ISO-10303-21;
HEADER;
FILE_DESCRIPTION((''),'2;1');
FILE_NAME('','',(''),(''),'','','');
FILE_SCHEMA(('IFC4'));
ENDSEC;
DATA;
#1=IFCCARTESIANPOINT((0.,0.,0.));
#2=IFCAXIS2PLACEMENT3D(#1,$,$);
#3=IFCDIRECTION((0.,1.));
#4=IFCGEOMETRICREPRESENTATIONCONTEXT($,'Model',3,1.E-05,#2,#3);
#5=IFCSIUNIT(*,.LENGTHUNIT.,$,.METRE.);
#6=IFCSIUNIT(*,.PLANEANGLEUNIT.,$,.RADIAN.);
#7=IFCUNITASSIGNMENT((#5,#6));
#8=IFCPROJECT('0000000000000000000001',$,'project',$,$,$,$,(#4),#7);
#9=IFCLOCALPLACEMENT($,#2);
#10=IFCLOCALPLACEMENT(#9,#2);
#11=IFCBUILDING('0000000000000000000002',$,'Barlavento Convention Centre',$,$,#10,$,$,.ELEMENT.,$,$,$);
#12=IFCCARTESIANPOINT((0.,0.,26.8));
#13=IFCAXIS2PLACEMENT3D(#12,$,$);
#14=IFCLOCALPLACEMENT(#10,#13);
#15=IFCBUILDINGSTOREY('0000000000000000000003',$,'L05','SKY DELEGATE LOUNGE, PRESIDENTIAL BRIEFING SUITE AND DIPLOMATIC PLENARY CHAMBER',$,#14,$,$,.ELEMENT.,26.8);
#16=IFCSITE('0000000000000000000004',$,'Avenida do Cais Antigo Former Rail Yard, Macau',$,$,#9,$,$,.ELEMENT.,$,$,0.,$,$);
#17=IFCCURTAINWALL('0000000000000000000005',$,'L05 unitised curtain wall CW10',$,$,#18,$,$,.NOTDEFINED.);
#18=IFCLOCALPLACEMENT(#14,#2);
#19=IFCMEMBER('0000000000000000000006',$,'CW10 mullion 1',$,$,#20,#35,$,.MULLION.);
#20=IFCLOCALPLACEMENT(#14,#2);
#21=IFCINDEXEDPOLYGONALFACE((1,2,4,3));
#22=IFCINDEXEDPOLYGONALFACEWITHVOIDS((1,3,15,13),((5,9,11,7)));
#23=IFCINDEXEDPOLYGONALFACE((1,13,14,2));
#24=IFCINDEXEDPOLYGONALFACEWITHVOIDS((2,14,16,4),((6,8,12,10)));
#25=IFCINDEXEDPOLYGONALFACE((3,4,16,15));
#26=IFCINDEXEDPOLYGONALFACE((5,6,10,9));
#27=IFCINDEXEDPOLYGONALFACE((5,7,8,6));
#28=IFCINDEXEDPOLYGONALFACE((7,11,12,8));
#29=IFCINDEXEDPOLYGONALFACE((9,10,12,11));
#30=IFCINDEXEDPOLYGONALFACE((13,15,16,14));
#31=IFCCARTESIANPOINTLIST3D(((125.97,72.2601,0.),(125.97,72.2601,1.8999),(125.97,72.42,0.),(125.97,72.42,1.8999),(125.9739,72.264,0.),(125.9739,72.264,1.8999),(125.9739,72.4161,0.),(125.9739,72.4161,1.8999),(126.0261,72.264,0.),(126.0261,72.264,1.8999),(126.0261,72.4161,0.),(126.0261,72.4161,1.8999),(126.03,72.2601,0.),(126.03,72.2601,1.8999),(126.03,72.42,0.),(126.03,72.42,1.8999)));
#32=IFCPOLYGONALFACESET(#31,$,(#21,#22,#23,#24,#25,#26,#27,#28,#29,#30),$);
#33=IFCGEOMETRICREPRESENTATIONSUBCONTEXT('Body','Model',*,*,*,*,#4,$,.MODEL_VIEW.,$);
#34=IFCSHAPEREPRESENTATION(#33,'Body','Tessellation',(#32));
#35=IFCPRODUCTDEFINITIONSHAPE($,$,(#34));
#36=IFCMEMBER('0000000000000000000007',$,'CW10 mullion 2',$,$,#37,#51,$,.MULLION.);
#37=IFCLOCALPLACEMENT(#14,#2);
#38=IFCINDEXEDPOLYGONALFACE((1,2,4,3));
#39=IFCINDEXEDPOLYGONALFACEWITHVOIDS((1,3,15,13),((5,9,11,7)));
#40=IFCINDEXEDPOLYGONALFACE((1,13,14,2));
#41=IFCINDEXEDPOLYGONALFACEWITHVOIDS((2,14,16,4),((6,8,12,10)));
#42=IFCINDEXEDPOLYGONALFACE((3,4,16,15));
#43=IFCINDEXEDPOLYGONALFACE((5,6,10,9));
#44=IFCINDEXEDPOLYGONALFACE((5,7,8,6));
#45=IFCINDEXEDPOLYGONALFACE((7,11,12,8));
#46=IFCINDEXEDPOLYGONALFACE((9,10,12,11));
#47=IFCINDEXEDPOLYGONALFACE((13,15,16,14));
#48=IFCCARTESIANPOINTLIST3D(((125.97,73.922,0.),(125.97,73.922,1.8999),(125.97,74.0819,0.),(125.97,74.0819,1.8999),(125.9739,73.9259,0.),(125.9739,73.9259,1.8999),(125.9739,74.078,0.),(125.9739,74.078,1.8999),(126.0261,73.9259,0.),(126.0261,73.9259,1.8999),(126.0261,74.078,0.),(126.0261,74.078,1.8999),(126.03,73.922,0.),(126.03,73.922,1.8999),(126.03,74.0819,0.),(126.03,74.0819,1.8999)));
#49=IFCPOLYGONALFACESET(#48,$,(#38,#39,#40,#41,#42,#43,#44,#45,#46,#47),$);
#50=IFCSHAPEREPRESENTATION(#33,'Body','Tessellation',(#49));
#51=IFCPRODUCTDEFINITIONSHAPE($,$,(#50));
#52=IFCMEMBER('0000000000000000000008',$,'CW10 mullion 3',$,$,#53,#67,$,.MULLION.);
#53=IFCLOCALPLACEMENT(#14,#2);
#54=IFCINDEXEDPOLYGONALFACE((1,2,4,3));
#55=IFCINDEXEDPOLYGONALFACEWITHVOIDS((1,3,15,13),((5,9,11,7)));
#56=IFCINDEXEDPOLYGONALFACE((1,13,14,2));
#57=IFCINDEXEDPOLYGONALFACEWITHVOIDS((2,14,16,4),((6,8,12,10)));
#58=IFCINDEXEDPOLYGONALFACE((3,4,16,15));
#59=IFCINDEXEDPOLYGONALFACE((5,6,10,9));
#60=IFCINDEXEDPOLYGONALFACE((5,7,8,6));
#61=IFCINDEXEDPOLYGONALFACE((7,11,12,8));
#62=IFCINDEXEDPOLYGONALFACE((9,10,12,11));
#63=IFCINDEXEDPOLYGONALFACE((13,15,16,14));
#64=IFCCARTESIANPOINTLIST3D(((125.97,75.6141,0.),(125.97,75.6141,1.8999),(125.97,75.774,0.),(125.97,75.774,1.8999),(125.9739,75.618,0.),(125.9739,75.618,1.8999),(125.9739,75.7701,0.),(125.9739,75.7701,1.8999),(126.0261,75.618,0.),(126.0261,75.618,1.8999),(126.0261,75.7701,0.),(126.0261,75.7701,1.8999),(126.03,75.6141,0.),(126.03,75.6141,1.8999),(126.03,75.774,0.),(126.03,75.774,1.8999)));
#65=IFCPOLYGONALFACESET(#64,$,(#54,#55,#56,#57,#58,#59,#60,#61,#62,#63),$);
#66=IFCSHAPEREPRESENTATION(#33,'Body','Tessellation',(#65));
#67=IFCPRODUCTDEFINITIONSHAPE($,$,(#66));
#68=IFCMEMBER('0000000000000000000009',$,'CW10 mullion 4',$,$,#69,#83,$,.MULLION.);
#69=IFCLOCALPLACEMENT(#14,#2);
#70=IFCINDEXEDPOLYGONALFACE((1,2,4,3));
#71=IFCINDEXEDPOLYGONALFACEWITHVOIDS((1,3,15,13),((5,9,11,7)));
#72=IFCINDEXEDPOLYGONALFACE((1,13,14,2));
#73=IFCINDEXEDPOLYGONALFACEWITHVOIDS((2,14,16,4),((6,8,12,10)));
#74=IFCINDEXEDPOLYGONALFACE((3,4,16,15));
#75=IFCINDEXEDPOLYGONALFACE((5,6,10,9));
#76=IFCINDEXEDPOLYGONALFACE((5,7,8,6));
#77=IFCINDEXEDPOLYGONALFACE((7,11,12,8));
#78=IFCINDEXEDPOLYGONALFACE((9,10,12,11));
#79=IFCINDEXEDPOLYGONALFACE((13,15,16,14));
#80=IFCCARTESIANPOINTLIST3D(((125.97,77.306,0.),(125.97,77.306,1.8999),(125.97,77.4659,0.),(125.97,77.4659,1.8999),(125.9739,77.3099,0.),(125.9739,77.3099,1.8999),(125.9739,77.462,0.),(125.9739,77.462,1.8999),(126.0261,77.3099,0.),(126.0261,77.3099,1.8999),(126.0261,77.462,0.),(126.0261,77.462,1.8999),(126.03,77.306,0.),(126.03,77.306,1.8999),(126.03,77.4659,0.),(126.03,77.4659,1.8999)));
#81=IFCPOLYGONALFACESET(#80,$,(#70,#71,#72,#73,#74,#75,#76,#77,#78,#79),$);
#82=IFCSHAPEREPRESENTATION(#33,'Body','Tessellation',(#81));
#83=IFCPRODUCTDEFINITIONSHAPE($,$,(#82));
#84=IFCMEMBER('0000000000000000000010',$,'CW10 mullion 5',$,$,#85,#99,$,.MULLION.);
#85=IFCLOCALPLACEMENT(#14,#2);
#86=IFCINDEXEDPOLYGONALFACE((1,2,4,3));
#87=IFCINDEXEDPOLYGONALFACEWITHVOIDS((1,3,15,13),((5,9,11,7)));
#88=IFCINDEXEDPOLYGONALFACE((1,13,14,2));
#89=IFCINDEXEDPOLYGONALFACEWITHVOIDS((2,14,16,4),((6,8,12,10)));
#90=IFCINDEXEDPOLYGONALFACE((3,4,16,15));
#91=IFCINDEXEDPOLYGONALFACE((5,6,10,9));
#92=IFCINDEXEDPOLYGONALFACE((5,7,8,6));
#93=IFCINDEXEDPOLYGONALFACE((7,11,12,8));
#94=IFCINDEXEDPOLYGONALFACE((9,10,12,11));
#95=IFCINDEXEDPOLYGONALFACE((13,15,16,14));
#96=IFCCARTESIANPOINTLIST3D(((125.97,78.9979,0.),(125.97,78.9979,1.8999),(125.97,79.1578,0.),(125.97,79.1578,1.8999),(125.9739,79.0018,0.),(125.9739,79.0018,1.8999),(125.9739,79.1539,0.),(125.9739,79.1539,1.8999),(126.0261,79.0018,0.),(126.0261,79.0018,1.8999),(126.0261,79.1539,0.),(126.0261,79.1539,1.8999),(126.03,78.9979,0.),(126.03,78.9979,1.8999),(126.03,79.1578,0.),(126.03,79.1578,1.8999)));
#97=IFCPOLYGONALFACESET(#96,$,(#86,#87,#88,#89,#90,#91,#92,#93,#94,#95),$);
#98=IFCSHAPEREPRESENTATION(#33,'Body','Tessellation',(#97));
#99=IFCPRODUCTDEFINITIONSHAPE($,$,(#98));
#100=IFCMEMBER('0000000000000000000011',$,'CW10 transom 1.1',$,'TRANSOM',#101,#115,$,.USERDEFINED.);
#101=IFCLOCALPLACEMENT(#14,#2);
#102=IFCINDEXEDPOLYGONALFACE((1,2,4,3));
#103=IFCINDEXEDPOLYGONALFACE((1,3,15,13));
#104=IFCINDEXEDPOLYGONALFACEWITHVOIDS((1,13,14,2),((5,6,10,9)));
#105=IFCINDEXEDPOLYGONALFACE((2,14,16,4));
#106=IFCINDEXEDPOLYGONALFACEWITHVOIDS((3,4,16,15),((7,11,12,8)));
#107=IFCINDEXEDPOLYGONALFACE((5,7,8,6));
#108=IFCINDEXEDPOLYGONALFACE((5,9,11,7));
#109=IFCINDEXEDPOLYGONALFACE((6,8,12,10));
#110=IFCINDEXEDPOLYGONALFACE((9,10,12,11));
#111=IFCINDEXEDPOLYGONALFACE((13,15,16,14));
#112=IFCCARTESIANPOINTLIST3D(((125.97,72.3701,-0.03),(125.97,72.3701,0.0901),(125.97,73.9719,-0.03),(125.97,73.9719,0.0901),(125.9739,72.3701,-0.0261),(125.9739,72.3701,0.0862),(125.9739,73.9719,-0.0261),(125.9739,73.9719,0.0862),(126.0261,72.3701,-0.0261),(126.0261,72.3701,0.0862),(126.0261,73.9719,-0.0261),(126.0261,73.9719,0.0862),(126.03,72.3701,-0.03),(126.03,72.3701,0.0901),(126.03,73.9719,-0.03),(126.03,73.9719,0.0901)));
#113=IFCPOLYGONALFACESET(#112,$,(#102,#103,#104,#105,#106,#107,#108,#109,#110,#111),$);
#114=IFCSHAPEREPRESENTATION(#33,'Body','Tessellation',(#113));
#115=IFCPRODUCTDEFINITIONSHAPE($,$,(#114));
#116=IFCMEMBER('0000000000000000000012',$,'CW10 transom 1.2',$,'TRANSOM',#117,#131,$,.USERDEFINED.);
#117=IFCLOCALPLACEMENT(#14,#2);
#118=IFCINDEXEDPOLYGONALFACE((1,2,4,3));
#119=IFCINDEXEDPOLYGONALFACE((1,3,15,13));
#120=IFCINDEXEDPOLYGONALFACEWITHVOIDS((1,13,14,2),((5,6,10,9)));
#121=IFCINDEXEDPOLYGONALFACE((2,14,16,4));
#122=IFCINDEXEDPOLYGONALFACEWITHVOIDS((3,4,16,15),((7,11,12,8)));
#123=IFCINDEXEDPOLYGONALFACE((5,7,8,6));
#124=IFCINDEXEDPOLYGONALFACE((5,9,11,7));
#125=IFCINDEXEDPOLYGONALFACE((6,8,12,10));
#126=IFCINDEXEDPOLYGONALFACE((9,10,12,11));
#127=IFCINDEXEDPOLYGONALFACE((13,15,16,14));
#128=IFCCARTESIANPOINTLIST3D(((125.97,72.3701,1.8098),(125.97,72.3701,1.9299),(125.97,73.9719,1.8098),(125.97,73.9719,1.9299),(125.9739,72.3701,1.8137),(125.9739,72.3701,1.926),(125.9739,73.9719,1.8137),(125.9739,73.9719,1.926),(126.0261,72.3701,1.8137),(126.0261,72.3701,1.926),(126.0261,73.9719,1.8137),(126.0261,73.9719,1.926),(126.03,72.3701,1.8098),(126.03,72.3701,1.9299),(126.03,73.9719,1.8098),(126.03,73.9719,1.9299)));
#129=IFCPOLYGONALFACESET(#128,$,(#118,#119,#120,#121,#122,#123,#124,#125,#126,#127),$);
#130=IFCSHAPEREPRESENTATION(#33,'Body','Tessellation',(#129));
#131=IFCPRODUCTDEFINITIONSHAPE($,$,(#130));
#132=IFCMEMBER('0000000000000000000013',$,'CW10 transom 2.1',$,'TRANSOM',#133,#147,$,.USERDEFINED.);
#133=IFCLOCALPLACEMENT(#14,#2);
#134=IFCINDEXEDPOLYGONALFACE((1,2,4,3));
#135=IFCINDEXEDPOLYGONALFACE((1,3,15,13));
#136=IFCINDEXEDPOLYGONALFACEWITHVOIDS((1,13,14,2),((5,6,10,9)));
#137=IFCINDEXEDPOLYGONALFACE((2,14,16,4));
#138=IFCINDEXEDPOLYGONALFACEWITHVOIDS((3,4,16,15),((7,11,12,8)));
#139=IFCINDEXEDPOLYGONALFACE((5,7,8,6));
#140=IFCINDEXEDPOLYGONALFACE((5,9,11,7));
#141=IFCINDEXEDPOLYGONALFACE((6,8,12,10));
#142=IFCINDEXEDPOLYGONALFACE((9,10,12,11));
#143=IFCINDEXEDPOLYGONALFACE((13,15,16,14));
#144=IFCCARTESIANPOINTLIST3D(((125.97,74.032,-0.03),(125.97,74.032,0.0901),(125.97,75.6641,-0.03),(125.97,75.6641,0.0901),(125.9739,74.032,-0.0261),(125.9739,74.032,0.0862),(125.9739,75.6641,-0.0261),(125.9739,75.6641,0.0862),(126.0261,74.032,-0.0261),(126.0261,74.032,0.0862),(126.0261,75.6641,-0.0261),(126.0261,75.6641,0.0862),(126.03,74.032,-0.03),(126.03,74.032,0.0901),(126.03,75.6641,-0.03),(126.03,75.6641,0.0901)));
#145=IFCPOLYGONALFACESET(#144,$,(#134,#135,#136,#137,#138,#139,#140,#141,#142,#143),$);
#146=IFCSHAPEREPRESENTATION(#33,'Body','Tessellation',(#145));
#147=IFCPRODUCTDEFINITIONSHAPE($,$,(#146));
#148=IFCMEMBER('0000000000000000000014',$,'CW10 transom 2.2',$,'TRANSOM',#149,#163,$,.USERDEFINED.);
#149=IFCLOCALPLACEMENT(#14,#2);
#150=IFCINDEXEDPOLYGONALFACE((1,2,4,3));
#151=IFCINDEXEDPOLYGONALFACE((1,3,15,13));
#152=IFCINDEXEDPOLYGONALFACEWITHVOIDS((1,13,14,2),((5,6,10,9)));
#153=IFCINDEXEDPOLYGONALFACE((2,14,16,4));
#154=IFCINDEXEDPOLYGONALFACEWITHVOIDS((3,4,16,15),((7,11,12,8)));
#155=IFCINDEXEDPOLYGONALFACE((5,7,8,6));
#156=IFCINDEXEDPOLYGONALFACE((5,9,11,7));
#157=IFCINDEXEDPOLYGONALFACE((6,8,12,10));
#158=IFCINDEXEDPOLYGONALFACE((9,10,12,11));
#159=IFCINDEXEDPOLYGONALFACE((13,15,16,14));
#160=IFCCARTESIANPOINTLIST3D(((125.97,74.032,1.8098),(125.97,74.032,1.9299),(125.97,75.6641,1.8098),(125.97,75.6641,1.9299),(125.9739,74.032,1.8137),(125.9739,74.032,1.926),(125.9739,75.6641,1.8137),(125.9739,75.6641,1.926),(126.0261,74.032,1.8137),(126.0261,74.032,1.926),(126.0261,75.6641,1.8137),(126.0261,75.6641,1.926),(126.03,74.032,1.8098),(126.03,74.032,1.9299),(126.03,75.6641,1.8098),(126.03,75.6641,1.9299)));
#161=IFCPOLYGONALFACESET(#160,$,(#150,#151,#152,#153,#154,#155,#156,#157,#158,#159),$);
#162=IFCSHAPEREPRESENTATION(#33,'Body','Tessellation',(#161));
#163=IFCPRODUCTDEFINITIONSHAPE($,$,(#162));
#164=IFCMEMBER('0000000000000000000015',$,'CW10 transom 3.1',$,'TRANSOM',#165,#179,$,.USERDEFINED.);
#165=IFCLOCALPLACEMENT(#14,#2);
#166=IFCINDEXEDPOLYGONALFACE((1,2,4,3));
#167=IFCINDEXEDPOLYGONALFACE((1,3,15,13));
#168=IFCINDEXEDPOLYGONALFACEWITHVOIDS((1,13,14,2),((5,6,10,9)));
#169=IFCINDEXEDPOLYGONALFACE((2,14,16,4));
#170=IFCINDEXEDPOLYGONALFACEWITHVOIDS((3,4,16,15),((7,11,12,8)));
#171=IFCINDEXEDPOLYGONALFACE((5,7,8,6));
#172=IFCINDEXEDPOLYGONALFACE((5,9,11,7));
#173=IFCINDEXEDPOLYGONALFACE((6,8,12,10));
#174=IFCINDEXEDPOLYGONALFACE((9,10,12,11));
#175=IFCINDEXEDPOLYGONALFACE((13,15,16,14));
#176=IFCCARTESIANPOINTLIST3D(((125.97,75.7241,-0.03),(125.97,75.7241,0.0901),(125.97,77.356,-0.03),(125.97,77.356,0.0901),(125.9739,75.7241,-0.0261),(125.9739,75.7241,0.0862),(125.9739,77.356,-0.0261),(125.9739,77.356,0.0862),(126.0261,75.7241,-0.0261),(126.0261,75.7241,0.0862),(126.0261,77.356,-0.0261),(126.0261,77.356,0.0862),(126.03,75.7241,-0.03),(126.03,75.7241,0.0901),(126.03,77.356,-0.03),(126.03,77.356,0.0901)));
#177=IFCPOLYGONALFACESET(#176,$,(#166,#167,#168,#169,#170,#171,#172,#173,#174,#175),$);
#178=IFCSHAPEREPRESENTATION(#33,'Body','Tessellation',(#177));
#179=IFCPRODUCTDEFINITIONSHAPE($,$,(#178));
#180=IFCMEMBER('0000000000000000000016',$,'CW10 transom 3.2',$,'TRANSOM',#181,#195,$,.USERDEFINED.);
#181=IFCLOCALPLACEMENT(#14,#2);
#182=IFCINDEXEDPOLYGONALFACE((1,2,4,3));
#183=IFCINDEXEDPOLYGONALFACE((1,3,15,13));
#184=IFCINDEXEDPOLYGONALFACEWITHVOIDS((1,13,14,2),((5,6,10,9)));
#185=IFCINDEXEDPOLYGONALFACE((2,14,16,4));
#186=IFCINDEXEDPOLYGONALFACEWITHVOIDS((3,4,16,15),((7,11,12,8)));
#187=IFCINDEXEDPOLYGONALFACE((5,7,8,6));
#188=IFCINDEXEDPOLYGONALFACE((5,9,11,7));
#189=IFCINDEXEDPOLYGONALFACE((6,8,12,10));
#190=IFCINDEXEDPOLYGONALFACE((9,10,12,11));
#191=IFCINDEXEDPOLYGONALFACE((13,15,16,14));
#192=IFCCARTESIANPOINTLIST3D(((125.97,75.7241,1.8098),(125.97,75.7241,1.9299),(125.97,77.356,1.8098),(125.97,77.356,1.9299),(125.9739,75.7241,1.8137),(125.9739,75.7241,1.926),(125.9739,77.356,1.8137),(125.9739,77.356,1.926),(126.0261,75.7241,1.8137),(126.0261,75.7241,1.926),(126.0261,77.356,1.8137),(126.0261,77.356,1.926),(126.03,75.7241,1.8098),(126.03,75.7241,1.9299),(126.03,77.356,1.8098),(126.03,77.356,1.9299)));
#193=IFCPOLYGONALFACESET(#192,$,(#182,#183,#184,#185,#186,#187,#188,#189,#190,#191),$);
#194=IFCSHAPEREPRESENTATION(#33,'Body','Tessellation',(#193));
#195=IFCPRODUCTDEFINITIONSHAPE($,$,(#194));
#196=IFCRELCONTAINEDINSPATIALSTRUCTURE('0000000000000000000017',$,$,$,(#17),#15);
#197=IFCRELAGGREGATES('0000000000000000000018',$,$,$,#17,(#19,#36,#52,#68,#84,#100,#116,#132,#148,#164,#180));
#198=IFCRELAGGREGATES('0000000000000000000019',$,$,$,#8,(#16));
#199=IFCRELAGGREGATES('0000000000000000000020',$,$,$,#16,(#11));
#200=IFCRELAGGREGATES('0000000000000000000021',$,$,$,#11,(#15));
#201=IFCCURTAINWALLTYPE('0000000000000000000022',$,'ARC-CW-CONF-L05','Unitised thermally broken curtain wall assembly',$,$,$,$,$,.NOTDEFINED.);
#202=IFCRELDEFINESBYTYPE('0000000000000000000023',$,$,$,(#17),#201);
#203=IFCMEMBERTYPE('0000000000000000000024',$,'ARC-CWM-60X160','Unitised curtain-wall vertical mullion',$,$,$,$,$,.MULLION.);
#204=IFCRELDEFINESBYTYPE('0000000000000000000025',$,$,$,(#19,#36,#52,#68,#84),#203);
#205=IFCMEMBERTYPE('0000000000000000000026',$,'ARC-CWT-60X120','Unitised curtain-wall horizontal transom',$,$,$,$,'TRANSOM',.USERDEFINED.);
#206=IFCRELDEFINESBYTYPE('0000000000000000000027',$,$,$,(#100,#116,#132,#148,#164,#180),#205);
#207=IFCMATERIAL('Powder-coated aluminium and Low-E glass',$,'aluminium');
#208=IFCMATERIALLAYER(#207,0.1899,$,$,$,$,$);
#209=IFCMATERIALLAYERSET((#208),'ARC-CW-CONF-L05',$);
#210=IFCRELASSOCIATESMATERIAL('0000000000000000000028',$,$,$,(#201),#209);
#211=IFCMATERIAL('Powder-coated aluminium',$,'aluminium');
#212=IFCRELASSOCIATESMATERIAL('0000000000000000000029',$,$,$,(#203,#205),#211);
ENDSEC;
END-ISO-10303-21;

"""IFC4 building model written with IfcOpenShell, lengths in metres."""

from ifc_helpers import new_model, si_unit, direction, frame, origin, origin_2d, place, context, subcontext, project, spatial, hollow_rectangle, extrude, material, layer, layer_set, material_profile, profile_set, type_object, element, aggregate, save


model = new_model("IFC4")

# Units and contexts
model_context = context("Model", 3, precision=1e-05, world=origin(), true_north=direction((0.0, 1.0)))
body_context = subcontext(model_context, "Body", "Model", "MODEL_VIEW")
ifc_project = project(units=[si_unit("LENGTHUNIT", "METRE"), si_unit("PLANEANGLEUNIT", "RADIAN")], contexts=[model_context])

# Site, building, storey
site_placement = place(None, origin())
site = spatial("IfcSite", under=ifc_project, at=site_placement, Name="Avenida do Cais Antigo Former Rail Yard, Macau", CompositionType="ELEMENT", RefElevation=0.0)
building_placement = place(site_placement, origin())
building = spatial("IfcBuilding", under=site, at=building_placement, Name="Barlavento Convention Centre", CompositionType="ELEMENT")
storey_placement = place(building_placement, frame((0.0, 0.0, 26.8)))
storey = spatial("IfcBuildingStorey", under=building, at=storey_placement, Name="L05", Description="SKY DELEGATE LOUNGE, PRESIDENTIAL BRIEFING SUITE AND DIPLOMATIC PLENARY CHAMBER", CompositionType="ELEMENT", Elevation=26.8)

# Curtain wall, members
ifc_material_1 = material(Name="Powder-coated aluminium and Low-E glass", Category="aluminium")
ifc_layer_1 = layer(ifc_material_1, 0.1899)
ifc_layer_set_1 = layer_set([ifc_layer_1], Name="ARC-CW-CONF-L05")
curtain_wall_type = type_object("IfcCurtainWallType", Name="ARC-CW-CONF-L05", Description="Unitised thermally broken curtain wall assembly", PredefinedType="NOTDEFINED", material=ifc_layer_set_1)
curtain_wall_placement = place(storey_placement, origin())
curtain_wall = element("IfcCurtainWall", 1, at=curtain_wall_placement, inside=storey, type_object=curtain_wall_type, Name="L05 unitised curtain wall CW10", PredefinedType="NOTDEFINED")
ifc_material_2 = material(Name="Powder-coated aluminium", Category="aluminium")
ifc_material_profile_1 = material_profile(ifc_material_2, hollow_rectangle(XDim=0.0601, YDim=0.1599, WallThickness=0.0039, at=origin_2d()), Name="AL-MULL 60x160x4")
ifc_profile_set_1 = profile_set([ifc_material_profile_1], Name="Powder-coated aluminium")
member_type_1 = type_object("IfcMemberType", Name="ARC-CWM-60X160", Description="Unitised curtain-wall vertical mullion", PredefinedType="MULLION", material=ifc_profile_set_1)
member_1_placement = place(storey_placement, frame((126.0, 72.3401, 0.0), z_axis=(0.0, 0.0, 1.0), x_axis=(-1.0, 0.0, 0.0)))
member_1 = element("IfcMember", 2, at=member_1_placement, type_object=member_type_1, Name="CW10 mullion 1", PredefinedType="MULLION", context=body_context, shape_type="SweptSolid", body=[
    extrude(hollow_rectangle(XDim=0.0601, YDim=0.1599, WallThickness=0.0039, at=origin_2d()), origin(), (0.0, 0.0, 1.0), 1.8999),
])
member_2_placement = place(storey_placement, frame((126.0, 74.002, 0.0), z_axis=(0.0, 0.0, 1.0), x_axis=(-1.0, 0.0, 0.0)))
member_2 = element("IfcMember", 3, at=member_2_placement, type_object=member_type_1, Name="CW10 mullion 2", PredefinedType="MULLION", context=body_context, shape_type="SweptSolid", body=[
    extrude(hollow_rectangle(XDim=0.0601, YDim=0.1599, WallThickness=0.0039, at=origin_2d()), origin(), (0.0, 0.0, 1.0), 1.8999),
])
member_3_placement = place(storey_placement, frame((126.0, 75.6941, 0.0), z_axis=(0.0, 0.0, 1.0), x_axis=(-1.0, 0.0, 0.0)))
member_3 = element("IfcMember", 4, at=member_3_placement, type_object=member_type_1, Name="CW10 mullion 3", PredefinedType="MULLION", context=body_context, shape_type="SweptSolid", body=[
    extrude(hollow_rectangle(XDim=0.0601, YDim=0.1599, WallThickness=0.0039, at=origin_2d()), origin(), (0.0, 0.0, 1.0), 1.8999),
])
member_4_placement = place(storey_placement, frame((126.0, 77.386, 0.0), z_axis=(0.0, 0.0, 1.0), x_axis=(-1.0, 0.0, 0.0)))
member_4 = element("IfcMember", 5, at=member_4_placement, type_object=member_type_1, Name="CW10 mullion 4", PredefinedType="MULLION", context=body_context, shape_type="SweptSolid", body=[
    extrude(hollow_rectangle(XDim=0.0601, YDim=0.1599, WallThickness=0.0039, at=origin_2d()), origin(), (0.0, 0.0, 1.0), 1.8999),
])
member_5_placement = place(storey_placement, frame((126.0, 79.0779, 0.0), z_axis=(0.0, 0.0, 1.0), x_axis=(-1.0, 0.0, 0.0)))
member_5 = element("IfcMember", 6, at=member_5_placement, type_object=member_type_1, Name="CW10 mullion 5", PredefinedType="MULLION", context=body_context, shape_type="SweptSolid", body=[
    extrude(hollow_rectangle(XDim=0.0601, YDim=0.1599, WallThickness=0.0039, at=origin_2d()), origin(), (0.0, 0.0, 1.0), 1.8999),
])
ifc_material_profile_2 = material_profile(ifc_material_2, hollow_rectangle(XDim=0.0601, YDim=0.1201, WallThickness=0.0039, at=origin_2d()), Name="AL-TRAN 60x120x4")
ifc_profile_set_2 = profile_set([ifc_material_profile_2], Name="Powder-coated aluminium")
member_type_2 = type_object("IfcMemberType", Name="ARC-CWT-60X120", Description="Unitised curtain-wall horizontal transom", ElementType="TRANSOM", PredefinedType="USERDEFINED", material=ifc_profile_set_2)
member_6_placement = place(storey_placement, frame((126.0, 72.3701, 0.03), z_axis=(0.0, 1.0, 0.0), x_axis=(-1.0, 0.0, 0.0)))
member_6 = element("IfcMember", 7, at=member_6_placement, type_object=member_type_2, Name="CW10 transom 1.1", ObjectType="TRANSOM", PredefinedType="USERDEFINED", context=body_context, shape_type="SweptSolid", body=[
    extrude(hollow_rectangle(XDim=0.0601, YDim=0.1201, WallThickness=0.0039, at=origin_2d()), origin(), (0.0, 0.0, 1.0), 1.6018),
])
member_7_placement = place(storey_placement, frame((126.0, 72.3701, 1.8699), z_axis=(0.0, 1.0, 0.0), x_axis=(-1.0, 0.0, 0.0)))
member_7 = element("IfcMember", 8, at=member_7_placement, type_object=member_type_2, Name="CW10 transom 1.2", ObjectType="TRANSOM", PredefinedType="USERDEFINED", context=body_context, shape_type="SweptSolid", body=[
    extrude(hollow_rectangle(XDim=0.0601, YDim=0.1201, WallThickness=0.0039, at=origin_2d()), origin(), (0.0, 0.0, 1.0), 1.6018),
])
member_8_placement = place(storey_placement, frame((126.0, 74.032, 0.03), z_axis=(0.0, 1.0, 0.0), x_axis=(-1.0, 0.0, 0.0)))
member_8 = element("IfcMember", 9, at=member_8_placement, type_object=member_type_2, Name="CW10 transom 2.1", ObjectType="TRANSOM", PredefinedType="USERDEFINED", context=body_context, shape_type="SweptSolid", body=[
    extrude(hollow_rectangle(XDim=0.0601, YDim=0.1201, WallThickness=0.0039, at=origin_2d()), origin(), (0.0, 0.0, 1.0), 1.6321),
])
member_9_placement = place(storey_placement, frame((126.0, 74.032, 1.8699), z_axis=(0.0, 1.0, 0.0), x_axis=(-1.0, 0.0, 0.0)))
member_9 = element("IfcMember", 10, at=member_9_placement, type_object=member_type_2, Name="CW10 transom 2.2", ObjectType="TRANSOM", PredefinedType="USERDEFINED", context=body_context, shape_type="SweptSolid", body=[
    extrude(hollow_rectangle(XDim=0.0601, YDim=0.1201, WallThickness=0.0039, at=origin_2d()), origin(), (0.0, 0.0, 1.0), 1.6321),
])
member_10_placement = place(storey_placement, frame((126.0, 75.7241, 0.03), z_axis=(0.0, 1.0, 0.0), x_axis=(-1.0, 0.0, 0.0)))
member_10 = element("IfcMember", 11, at=member_10_placement, type_object=member_type_2, Name="CW10 transom 3.1", ObjectType="TRANSOM", PredefinedType="USERDEFINED", context=body_context, shape_type="SweptSolid", body=[
    extrude(hollow_rectangle(XDim=0.0601, YDim=0.1201, WallThickness=0.0039, at=origin_2d()), origin(), (0.0, 0.0, 1.0), 1.6318),
])
member_11_placement = place(storey_placement, frame((126.0, 75.7241, 1.8699), z_axis=(0.0, 1.0, 0.0), x_axis=(-1.0, 0.0, 0.0)))
member_11 = element("IfcMember", 12, at=member_11_placement, type_object=member_type_2, Name="CW10 transom 3.2", ObjectType="TRANSOM", PredefinedType="USERDEFINED", context=body_context, shape_type="SweptSolid", body=[
    extrude(hollow_rectangle(XDim=0.0601, YDim=0.1201, WallThickness=0.0039, at=origin_2d()), origin(), (0.0, 0.0, 1.0), 1.6318),
])

aggregate(curtain_wall, [member_1, member_2, member_3, member_4, member_5, member_6, member_7, member_8, member_9, member_10, member_11])

save(model, "model.ifc")
